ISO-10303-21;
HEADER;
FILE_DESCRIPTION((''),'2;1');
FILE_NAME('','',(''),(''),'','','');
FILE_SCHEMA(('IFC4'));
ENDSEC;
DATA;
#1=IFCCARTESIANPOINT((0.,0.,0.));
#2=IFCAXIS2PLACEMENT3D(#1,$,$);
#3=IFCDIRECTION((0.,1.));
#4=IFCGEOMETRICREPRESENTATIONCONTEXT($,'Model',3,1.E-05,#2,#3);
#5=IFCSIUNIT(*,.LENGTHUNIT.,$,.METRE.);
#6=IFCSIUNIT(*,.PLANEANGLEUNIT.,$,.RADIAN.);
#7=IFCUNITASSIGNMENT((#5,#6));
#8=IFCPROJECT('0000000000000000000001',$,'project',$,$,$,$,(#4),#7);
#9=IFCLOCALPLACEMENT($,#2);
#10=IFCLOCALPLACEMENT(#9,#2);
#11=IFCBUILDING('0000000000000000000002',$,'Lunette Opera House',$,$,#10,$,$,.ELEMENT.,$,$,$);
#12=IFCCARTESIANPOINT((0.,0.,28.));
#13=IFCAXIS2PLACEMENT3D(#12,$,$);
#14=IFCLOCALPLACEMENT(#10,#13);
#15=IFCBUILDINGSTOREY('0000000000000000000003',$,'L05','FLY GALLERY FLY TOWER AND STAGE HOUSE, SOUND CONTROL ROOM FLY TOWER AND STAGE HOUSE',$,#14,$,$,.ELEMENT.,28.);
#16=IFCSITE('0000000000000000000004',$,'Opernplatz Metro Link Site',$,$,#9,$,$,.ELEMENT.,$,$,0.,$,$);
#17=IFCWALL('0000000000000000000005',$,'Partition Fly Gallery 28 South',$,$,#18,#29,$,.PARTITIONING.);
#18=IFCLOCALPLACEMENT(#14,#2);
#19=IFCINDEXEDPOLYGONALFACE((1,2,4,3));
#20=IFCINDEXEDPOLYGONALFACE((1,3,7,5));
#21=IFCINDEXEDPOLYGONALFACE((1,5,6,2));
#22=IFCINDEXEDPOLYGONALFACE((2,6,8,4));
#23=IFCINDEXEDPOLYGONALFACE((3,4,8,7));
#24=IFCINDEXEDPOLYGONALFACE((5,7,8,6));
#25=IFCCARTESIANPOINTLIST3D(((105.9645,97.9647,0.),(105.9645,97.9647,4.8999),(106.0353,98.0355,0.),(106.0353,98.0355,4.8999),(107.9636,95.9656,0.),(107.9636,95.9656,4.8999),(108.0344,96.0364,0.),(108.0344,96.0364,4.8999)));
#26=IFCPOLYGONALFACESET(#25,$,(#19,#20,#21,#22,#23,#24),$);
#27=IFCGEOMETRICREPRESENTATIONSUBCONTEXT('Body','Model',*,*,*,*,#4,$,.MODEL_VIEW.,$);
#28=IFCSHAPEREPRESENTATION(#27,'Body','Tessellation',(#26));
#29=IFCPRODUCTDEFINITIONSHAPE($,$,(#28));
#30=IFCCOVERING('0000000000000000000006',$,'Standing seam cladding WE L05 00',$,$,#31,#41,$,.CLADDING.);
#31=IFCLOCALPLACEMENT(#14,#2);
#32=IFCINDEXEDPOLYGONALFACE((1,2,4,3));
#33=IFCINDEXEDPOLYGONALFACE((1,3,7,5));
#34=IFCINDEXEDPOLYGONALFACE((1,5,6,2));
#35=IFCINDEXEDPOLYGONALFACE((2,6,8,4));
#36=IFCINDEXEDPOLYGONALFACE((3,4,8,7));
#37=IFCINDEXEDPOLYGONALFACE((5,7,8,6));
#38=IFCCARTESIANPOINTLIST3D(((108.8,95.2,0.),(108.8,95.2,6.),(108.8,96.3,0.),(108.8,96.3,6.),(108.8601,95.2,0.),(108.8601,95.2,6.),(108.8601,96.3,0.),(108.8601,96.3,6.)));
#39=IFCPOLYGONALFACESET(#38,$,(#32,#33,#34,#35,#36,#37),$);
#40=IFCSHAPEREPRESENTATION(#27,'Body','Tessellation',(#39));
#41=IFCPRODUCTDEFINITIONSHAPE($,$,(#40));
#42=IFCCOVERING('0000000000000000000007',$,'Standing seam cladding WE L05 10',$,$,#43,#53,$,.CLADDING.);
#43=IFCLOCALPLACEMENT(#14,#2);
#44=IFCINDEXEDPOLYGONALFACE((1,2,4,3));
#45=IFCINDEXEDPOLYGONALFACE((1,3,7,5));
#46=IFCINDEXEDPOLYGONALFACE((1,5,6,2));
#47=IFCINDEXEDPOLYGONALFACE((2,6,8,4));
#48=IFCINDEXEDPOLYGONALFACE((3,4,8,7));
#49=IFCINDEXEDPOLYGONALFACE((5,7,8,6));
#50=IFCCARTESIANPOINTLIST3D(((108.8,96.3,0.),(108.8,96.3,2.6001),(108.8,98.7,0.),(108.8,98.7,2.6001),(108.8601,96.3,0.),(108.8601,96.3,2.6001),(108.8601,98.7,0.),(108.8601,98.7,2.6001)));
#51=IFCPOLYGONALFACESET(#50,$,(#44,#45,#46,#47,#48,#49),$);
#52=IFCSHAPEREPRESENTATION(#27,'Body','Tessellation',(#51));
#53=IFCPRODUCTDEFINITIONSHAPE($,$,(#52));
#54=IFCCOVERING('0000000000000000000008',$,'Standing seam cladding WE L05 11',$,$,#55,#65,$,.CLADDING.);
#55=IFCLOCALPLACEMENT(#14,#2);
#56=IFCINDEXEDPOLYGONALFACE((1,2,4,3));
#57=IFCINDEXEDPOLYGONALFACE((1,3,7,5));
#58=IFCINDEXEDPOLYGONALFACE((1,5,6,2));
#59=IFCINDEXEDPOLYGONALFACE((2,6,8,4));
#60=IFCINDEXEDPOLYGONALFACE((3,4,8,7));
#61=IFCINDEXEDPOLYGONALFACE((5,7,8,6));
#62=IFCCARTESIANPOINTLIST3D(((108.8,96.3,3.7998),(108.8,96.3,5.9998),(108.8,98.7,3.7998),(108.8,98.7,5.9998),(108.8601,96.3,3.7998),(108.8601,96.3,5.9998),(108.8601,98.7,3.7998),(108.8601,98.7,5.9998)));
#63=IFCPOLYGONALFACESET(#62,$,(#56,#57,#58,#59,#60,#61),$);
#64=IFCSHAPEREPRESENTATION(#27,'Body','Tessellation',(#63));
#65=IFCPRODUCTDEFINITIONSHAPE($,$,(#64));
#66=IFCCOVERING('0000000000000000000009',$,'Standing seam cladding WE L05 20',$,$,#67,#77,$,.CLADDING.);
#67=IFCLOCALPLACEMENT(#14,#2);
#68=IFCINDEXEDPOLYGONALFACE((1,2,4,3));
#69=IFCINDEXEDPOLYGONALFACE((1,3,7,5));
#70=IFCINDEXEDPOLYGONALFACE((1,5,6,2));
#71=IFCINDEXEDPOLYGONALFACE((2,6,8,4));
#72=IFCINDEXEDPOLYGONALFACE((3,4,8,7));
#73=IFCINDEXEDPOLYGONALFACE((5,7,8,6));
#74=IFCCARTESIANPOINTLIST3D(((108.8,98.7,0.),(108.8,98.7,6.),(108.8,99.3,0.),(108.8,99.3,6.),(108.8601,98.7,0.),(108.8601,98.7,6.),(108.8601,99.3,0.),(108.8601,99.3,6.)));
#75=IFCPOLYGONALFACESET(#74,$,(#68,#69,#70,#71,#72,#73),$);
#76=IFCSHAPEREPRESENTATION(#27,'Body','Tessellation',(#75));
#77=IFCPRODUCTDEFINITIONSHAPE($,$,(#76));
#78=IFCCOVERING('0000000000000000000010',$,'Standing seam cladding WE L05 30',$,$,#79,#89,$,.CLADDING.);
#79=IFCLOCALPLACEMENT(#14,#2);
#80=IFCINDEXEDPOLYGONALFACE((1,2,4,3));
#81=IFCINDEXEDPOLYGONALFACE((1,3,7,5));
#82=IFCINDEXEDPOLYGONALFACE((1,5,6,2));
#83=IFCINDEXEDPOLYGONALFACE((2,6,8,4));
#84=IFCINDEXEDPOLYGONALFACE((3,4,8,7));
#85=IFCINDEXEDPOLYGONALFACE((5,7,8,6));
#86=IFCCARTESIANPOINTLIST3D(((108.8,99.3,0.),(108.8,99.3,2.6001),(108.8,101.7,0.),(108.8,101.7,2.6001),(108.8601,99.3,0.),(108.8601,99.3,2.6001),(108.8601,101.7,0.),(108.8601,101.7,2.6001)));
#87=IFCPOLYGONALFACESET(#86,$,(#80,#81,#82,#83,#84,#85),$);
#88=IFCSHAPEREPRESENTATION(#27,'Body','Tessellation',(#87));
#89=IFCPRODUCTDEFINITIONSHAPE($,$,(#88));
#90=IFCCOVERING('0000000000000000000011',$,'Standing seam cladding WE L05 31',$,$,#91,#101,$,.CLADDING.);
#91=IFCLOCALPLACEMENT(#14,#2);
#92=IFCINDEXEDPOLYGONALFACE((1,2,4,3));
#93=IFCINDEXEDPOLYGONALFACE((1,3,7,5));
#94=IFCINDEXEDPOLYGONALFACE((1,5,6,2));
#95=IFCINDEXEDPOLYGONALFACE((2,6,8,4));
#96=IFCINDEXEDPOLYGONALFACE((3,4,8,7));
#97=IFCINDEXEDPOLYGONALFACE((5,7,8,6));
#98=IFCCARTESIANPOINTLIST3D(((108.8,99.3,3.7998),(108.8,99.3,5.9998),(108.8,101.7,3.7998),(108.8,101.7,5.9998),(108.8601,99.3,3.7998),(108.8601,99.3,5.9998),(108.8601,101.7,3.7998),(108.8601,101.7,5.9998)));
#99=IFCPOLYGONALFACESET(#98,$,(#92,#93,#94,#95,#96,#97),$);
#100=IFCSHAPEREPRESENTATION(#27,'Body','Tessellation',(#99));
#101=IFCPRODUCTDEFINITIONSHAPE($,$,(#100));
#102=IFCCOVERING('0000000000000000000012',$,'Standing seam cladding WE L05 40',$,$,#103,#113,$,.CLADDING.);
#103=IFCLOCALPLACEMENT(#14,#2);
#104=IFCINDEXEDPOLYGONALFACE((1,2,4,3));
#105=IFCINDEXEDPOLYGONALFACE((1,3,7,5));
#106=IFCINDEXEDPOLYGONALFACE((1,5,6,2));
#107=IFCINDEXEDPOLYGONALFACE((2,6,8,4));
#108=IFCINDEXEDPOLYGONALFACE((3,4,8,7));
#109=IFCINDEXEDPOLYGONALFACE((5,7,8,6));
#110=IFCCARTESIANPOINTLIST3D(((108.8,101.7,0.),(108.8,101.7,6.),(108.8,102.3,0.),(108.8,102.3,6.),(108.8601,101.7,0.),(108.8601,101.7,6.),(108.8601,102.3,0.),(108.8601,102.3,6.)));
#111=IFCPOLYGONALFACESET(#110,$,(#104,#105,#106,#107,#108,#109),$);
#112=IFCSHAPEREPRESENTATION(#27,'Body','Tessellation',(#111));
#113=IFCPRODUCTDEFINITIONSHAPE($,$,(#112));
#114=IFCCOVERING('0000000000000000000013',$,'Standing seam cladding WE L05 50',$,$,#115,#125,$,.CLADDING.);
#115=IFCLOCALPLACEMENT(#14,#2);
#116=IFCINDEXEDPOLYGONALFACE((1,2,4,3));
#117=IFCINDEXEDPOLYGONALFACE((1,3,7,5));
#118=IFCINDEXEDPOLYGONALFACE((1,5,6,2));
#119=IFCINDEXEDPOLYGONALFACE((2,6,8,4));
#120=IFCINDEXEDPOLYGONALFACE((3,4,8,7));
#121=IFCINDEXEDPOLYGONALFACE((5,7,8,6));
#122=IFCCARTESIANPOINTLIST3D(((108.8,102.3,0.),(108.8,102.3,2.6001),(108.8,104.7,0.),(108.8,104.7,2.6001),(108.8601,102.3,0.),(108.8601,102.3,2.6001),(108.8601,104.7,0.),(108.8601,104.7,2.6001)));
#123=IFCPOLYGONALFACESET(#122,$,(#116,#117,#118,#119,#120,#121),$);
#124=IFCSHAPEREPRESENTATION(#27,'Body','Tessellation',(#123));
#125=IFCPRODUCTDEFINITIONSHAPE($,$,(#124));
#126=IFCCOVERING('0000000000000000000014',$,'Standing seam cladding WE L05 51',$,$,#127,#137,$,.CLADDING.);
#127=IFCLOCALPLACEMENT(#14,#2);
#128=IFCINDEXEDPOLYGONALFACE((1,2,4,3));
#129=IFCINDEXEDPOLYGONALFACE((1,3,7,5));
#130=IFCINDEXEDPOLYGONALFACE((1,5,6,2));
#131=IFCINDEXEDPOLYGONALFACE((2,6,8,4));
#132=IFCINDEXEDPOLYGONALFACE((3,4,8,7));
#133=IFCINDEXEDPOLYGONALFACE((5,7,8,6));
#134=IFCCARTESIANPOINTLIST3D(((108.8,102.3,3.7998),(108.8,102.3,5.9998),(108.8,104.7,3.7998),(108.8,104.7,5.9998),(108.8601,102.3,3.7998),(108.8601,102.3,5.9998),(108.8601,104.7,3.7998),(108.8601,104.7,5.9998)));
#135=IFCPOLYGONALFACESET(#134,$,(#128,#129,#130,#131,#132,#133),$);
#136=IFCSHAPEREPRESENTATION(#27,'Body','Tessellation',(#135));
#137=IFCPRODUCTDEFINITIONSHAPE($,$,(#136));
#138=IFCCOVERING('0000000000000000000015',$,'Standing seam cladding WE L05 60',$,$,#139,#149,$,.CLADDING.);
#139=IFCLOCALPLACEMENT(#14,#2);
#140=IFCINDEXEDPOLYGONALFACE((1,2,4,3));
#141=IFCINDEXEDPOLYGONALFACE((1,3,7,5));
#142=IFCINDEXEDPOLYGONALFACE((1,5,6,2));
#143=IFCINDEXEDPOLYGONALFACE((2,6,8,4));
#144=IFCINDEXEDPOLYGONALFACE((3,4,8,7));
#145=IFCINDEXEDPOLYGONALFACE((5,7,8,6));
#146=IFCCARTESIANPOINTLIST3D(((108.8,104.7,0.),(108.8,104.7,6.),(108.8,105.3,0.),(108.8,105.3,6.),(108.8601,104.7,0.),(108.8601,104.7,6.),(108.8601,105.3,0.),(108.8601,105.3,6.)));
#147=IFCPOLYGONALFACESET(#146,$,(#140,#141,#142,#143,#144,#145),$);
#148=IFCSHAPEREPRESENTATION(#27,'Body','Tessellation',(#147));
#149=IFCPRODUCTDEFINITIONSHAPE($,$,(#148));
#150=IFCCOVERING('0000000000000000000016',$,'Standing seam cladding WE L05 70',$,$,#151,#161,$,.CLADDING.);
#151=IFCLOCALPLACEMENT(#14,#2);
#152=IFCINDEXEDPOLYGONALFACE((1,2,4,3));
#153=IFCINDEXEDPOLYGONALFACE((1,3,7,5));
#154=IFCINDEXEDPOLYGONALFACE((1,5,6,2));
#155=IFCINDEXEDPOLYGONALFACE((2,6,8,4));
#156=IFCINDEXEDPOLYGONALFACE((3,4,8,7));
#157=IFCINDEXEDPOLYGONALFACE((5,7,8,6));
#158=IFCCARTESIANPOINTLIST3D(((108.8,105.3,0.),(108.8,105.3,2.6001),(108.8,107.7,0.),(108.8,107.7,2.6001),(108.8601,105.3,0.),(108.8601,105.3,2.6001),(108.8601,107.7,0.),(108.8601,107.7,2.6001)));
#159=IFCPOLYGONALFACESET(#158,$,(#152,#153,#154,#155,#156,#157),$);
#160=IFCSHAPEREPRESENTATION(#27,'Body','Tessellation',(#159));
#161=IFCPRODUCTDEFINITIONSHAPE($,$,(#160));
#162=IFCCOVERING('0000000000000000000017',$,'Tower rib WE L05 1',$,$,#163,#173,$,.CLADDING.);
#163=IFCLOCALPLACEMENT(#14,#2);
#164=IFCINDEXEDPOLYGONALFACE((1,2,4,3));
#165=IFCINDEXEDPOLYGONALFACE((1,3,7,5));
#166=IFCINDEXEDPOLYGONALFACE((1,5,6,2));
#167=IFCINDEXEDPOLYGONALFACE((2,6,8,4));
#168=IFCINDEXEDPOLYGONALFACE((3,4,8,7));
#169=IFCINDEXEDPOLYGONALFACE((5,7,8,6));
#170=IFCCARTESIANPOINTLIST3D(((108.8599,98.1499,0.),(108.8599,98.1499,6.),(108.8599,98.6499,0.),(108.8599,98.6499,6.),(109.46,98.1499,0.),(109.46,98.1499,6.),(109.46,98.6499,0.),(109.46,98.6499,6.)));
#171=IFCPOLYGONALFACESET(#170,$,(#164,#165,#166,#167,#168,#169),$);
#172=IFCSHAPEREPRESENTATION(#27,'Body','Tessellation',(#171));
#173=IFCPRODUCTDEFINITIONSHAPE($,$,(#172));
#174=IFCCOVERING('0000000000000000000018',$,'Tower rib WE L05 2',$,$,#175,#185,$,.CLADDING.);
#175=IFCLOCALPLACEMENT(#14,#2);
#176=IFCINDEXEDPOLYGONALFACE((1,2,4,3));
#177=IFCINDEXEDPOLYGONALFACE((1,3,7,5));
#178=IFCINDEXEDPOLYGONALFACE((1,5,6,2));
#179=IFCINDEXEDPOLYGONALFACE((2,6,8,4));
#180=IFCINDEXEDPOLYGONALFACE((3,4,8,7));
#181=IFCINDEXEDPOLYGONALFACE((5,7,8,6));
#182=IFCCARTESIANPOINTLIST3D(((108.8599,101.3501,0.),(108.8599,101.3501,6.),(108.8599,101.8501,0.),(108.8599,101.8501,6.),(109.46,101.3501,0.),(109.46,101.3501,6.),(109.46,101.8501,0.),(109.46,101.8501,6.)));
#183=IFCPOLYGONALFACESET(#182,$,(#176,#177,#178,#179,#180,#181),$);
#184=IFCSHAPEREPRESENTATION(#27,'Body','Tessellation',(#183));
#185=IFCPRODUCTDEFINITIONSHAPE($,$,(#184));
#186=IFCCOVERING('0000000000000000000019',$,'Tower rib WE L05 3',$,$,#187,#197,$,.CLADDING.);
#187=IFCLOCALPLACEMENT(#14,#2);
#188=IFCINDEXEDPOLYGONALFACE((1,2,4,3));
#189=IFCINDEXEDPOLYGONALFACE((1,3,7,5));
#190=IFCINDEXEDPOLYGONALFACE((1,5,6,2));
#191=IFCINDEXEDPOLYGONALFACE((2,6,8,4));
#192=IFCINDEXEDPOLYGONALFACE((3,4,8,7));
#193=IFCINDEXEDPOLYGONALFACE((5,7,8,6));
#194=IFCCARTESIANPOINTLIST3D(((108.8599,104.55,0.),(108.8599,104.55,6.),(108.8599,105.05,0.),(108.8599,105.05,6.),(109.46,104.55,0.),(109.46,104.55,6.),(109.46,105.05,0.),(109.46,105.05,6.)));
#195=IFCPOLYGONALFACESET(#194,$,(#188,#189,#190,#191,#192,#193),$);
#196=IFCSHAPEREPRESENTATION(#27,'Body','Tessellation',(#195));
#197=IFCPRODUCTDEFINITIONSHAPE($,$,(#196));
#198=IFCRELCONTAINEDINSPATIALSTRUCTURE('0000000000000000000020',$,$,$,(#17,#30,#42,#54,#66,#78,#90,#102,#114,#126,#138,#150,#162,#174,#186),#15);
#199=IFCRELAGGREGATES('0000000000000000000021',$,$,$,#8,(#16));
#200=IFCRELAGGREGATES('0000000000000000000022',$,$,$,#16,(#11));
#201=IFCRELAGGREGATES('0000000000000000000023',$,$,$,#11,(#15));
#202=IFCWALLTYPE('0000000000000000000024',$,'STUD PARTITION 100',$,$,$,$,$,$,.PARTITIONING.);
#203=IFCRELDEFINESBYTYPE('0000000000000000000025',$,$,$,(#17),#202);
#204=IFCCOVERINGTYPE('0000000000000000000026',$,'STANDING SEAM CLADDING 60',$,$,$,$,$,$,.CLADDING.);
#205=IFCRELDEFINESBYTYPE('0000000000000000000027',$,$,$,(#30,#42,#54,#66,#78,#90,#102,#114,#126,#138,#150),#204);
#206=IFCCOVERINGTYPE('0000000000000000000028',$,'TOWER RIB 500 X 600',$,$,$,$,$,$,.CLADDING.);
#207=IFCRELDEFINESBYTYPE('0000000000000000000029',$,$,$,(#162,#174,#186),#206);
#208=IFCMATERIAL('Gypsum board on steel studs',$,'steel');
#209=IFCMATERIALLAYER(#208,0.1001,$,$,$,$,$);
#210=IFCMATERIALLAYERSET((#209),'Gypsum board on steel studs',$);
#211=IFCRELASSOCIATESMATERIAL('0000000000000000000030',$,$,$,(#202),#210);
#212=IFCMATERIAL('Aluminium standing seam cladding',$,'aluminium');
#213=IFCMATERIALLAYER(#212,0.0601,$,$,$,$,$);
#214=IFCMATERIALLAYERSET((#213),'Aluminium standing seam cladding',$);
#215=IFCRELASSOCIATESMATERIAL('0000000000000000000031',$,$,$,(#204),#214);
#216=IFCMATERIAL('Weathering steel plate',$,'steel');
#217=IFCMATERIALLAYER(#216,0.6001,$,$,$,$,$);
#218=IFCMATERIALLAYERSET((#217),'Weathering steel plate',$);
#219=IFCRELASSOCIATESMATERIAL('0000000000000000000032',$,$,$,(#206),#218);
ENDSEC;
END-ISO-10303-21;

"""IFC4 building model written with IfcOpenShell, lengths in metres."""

from ifc_helpers import new_model, si_unit, direction, frame, frame_2d, origin, origin_2d, place, context, subcontext, project, spatial, rectangle, extrude, material, layer, layer_set, type_object, element, save


model = new_model("IFC4")

# Units and contexts
model_context = context("Model", 3, precision=1e-05, world=origin(), true_north=direction((0.0, 1.0)))
body_context = subcontext(model_context, "Body", "Model", "MODEL_VIEW")
ifc_project = project(units=[si_unit("LENGTHUNIT", "METRE"), si_unit("PLANEANGLEUNIT", "RADIAN")], contexts=[model_context])

# Site, building, storey
site_placement = place(None, origin())
site = spatial("IfcSite", under=ifc_project, at=site_placement, Name="Opernplatz Metro Link Site", CompositionType="ELEMENT", RefElevation=0.0)
building_placement = place(site_placement, origin())
building = spatial("IfcBuilding", under=site, at=building_placement, Name="Lunette Opera House", CompositionType="ELEMENT")
storey_placement = place(building_placement, frame((0.0, 0.0, 28.0)))
storey = spatial("IfcBuildingStorey", under=building, at=storey_placement, Name="L05", Description="FLY GALLERY FLY TOWER AND STAGE HOUSE, SOUND CONTROL ROOM FLY TOWER AND STAGE HOUSE", CompositionType="ELEMENT", Elevation=28.0)

# Wall
ifc_material_1 = material(Name="Gypsum board on steel studs", Category="steel")
ifc_layer_1 = layer(ifc_material_1, 0.1001)
ifc_layer_set_1 = layer_set([ifc_layer_1], Name="Gypsum board on steel studs")
wall_type_1 = type_object("IfcWallType", Name="STUD PARTITION 100", PredefinedType="PARTITIONING", material=ifc_layer_set_1)
wall_1_placement = place(storey_placement, frame((107.999, 96.001, 0.0), z_axis=(0.0, 0.0, 1.0), x_axis=(-0.707107, 0.707107, 0.0)))
element("IfcWall", 1, at=wall_1_placement, inside=storey, type_object=wall_type_1, Name="Partition Fly Gallery 28 South", PredefinedType="PARTITIONING", context=body_context, shape_type="SweptSolid", body=[
    extrude(rectangle(XDim=2.8271, YDim=0.1001, at=frame_2d((1.4136, 0.0))), origin(), (0.0, 0.0, 1.0), 4.8999),
])

# Coverings
ifc_material_2 = material(Name="Aluminium standing seam cladding", Category="aluminium")
ifc_layer_2 = layer(ifc_material_2, 0.0601)
ifc_layer_set_2 = layer_set([ifc_layer_2], Name="Aluminium standing seam cladding")
covering_type_1 = type_object("IfcCoveringType", Name="STANDING SEAM CLADDING 60", PredefinedType="CLADDING", material=ifc_layer_set_2)
covering_1_placement = place(storey_placement, frame((108.8301, 95.75, 0.0), z_axis=(0.0, 0.0, 1.0), x_axis=(0.0, 1.0, 0.0)))
element("IfcCovering", 2, at=covering_1_placement, inside=storey, type_object=covering_type_1, Name="Standing seam cladding WE L05 00", PredefinedType="CLADDING", context=body_context, shape_type="SweptSolid", body=[
    extrude(rectangle(XDim=1.1001, YDim=0.0601, at=origin_2d()), origin(), (0.0, 0.0, 1.0), 6.0),
])
covering_2_placement = place(storey_placement, frame((108.8301, 97.5, 0.0), z_axis=(0.0, 0.0, 1.0), x_axis=(0.0, 1.0, 0.0)))
element("IfcCovering", 3, at=covering_2_placement, inside=storey, type_object=covering_type_1, Name="Standing seam cladding WE L05 10", PredefinedType="CLADDING", context=body_context, shape_type="SweptSolid", body=[
    extrude(rectangle(XDim=2.3999, YDim=0.0601, at=origin_2d()), origin(), (0.0, 0.0, 1.0), 2.6001),
])
covering_3_placement = place(storey_placement, frame((108.8301, 97.5, 3.7998), z_axis=(0.0, 0.0, 1.0), x_axis=(0.0, 1.0, 0.0)))
element("IfcCovering", 4, at=covering_3_placement, inside=storey, type_object=covering_type_1, Name="Standing seam cladding WE L05 11", PredefinedType="CLADDING", context=body_context, shape_type="SweptSolid", body=[
    extrude(rectangle(XDim=2.3999, YDim=0.0601, at=origin_2d()), origin(), (0.0, 0.0, 1.0), 2.2),
])
covering_4_placement = place(storey_placement, frame((108.8301, 99.0, 0.0), z_axis=(0.0, 0.0, 1.0), x_axis=(0.0, 1.0, 0.0)))
element("IfcCovering", 5, at=covering_4_placement, inside=storey, type_object=covering_type_1, Name="Standing seam cladding WE L05 20", PredefinedType="CLADDING", context=body_context, shape_type="SweptSolid", body=[
    extrude(rectangle(XDim=0.6001, YDim=0.0601, at=origin_2d()), origin(), (0.0, 0.0, 1.0), 6.0),
])
covering_5_placement = place(storey_placement, frame((108.8301, 100.5, 0.0), z_axis=(0.0, 0.0, 1.0), x_axis=(0.0, 1.0, 0.0)))
element("IfcCovering", 6, at=covering_5_placement, inside=storey, type_object=covering_type_1, Name="Standing seam cladding WE L05 30", PredefinedType="CLADDING", context=body_context, shape_type="SweptSolid", body=[
    extrude(rectangle(XDim=2.3999, YDim=0.0601, at=origin_2d()), origin(), (0.0, 0.0, 1.0), 2.6001),
])
covering_6_placement = place(storey_placement, frame((108.8301, 100.5, 3.7998), z_axis=(0.0, 0.0, 1.0), x_axis=(0.0, 1.0, 0.0)))
element("IfcCovering", 7, at=covering_6_placement, inside=storey, type_object=covering_type_1, Name="Standing seam cladding WE L05 31", PredefinedType="CLADDING", context=body_context, shape_type="SweptSolid", body=[
    extrude(rectangle(XDim=2.3999, YDim=0.0601, at=origin_2d()), origin(), (0.0, 0.0, 1.0), 2.2),
])
covering_7_placement = place(storey_placement, frame((108.8301, 102.0, 0.0), z_axis=(0.0, 0.0, 1.0), x_axis=(0.0, 1.0, 0.0)))
element("IfcCovering", 8, at=covering_7_placement, inside=storey, type_object=covering_type_1, Name="Standing seam cladding WE L05 40", PredefinedType="CLADDING", context=body_context, shape_type="SweptSolid", body=[
    extrude(rectangle(XDim=0.6001, YDim=0.0601, at=origin_2d()), origin(), (0.0, 0.0, 1.0), 6.0),
])
covering_8_placement = place(storey_placement, frame((108.8301, 103.5, 0.0), z_axis=(0.0, 0.0, 1.0), x_axis=(0.0, 1.0, 0.0)))
element("IfcCovering", 9, at=covering_8_placement, inside=storey, type_object=covering_type_1, Name="Standing seam cladding WE L05 50", PredefinedType="CLADDING", context=body_context, shape_type="SweptSolid", body=[
    extrude(rectangle(XDim=2.3999, YDim=0.0601, at=origin_2d()), origin(), (0.0, 0.0, 1.0), 2.6001),
])
covering_9_placement = place(storey_placement, frame((108.8301, 103.5, 3.7998), z_axis=(0.0, 0.0, 1.0), x_axis=(0.0, 1.0, 0.0)))
element("IfcCovering", 10, at=covering_9_placement, inside=storey, type_object=covering_type_1, Name="Standing seam cladding WE L05 51", PredefinedType="CLADDING", context=body_context, shape_type="SweptSolid", body=[
    extrude(rectangle(XDim=2.3999, YDim=0.0601, at=origin_2d()), origin(), (0.0, 0.0, 1.0), 2.2),
])
covering_10_placement = place(storey_placement, frame((108.8301, 105.0, 0.0), z_axis=(0.0, 0.0, 1.0), x_axis=(0.0, 1.0, 0.0)))
element("IfcCovering", 11, at=covering_10_placement, inside=storey, type_object=covering_type_1, Name="Standing seam cladding WE L05 60", PredefinedType="CLADDING", context=body_context, shape_type="SweptSolid", body=[
    extrude(rectangle(XDim=0.6001, YDim=0.0601, at=origin_2d()), origin(), (0.0, 0.0, 1.0), 6.0),
])
covering_11_placement = place(storey_placement, frame((108.8301, 106.5, 0.0), z_axis=(0.0, 0.0, 1.0), x_axis=(0.0, 1.0, 0.0)))
element("IfcCovering", 12, at=covering_11_placement, inside=storey, type_object=covering_type_1, Name="Standing seam cladding WE L05 70", PredefinedType="CLADDING", context=body_context, shape_type="SweptSolid", body=[
    extrude(rectangle(XDim=2.3999, YDim=0.0601, at=origin_2d()), origin(), (0.0, 0.0, 1.0), 2.6001),
])
ifc_material_3 = material(Name="Weathering steel plate", Category="steel")
ifc_layer_3 = layer(ifc_material_3, 0.6001)
ifc_layer_set_3 = layer_set([ifc_layer_3], Name="Weathering steel plate")
covering_type_2 = type_object("IfcCoveringType", Name="TOWER RIB 500 X 600", PredefinedType="CLADDING", material=ifc_layer_set_3)
for number, where, z_axis, x_axis, name in (
    (13, (109.1599, 98.3999, 0.0), (0.0, 0.0, 1.0), (0.0, 1.0, 0.0), "Tower rib WE L05 1"),
    (14, (109.1599, 101.6001, 0.0), (0.0, 0.0, 1.0), (0.0, 1.0, 0.0), "Tower rib WE L05 2"),
    (15, (109.1599, 104.8, 0.0), (0.0, 0.0, 1.0), (0.0, 1.0, 0.0), "Tower rib WE L05 3"),
):
    element("IfcCovering", number, at=place(storey_placement, frame(where, z_axis=z_axis, x_axis=x_axis)), inside=storey, type_object=covering_type_2, Name=name, PredefinedType="CLADDING", context=body_context, shape_type="SweptSolid", body=[
        extrude(rectangle(XDim=0.5, YDim=0.6001, at=origin_2d()), origin(), (0.0, 0.0, 1.0), 6.0),
    ])

save(model, "model.ifc")
